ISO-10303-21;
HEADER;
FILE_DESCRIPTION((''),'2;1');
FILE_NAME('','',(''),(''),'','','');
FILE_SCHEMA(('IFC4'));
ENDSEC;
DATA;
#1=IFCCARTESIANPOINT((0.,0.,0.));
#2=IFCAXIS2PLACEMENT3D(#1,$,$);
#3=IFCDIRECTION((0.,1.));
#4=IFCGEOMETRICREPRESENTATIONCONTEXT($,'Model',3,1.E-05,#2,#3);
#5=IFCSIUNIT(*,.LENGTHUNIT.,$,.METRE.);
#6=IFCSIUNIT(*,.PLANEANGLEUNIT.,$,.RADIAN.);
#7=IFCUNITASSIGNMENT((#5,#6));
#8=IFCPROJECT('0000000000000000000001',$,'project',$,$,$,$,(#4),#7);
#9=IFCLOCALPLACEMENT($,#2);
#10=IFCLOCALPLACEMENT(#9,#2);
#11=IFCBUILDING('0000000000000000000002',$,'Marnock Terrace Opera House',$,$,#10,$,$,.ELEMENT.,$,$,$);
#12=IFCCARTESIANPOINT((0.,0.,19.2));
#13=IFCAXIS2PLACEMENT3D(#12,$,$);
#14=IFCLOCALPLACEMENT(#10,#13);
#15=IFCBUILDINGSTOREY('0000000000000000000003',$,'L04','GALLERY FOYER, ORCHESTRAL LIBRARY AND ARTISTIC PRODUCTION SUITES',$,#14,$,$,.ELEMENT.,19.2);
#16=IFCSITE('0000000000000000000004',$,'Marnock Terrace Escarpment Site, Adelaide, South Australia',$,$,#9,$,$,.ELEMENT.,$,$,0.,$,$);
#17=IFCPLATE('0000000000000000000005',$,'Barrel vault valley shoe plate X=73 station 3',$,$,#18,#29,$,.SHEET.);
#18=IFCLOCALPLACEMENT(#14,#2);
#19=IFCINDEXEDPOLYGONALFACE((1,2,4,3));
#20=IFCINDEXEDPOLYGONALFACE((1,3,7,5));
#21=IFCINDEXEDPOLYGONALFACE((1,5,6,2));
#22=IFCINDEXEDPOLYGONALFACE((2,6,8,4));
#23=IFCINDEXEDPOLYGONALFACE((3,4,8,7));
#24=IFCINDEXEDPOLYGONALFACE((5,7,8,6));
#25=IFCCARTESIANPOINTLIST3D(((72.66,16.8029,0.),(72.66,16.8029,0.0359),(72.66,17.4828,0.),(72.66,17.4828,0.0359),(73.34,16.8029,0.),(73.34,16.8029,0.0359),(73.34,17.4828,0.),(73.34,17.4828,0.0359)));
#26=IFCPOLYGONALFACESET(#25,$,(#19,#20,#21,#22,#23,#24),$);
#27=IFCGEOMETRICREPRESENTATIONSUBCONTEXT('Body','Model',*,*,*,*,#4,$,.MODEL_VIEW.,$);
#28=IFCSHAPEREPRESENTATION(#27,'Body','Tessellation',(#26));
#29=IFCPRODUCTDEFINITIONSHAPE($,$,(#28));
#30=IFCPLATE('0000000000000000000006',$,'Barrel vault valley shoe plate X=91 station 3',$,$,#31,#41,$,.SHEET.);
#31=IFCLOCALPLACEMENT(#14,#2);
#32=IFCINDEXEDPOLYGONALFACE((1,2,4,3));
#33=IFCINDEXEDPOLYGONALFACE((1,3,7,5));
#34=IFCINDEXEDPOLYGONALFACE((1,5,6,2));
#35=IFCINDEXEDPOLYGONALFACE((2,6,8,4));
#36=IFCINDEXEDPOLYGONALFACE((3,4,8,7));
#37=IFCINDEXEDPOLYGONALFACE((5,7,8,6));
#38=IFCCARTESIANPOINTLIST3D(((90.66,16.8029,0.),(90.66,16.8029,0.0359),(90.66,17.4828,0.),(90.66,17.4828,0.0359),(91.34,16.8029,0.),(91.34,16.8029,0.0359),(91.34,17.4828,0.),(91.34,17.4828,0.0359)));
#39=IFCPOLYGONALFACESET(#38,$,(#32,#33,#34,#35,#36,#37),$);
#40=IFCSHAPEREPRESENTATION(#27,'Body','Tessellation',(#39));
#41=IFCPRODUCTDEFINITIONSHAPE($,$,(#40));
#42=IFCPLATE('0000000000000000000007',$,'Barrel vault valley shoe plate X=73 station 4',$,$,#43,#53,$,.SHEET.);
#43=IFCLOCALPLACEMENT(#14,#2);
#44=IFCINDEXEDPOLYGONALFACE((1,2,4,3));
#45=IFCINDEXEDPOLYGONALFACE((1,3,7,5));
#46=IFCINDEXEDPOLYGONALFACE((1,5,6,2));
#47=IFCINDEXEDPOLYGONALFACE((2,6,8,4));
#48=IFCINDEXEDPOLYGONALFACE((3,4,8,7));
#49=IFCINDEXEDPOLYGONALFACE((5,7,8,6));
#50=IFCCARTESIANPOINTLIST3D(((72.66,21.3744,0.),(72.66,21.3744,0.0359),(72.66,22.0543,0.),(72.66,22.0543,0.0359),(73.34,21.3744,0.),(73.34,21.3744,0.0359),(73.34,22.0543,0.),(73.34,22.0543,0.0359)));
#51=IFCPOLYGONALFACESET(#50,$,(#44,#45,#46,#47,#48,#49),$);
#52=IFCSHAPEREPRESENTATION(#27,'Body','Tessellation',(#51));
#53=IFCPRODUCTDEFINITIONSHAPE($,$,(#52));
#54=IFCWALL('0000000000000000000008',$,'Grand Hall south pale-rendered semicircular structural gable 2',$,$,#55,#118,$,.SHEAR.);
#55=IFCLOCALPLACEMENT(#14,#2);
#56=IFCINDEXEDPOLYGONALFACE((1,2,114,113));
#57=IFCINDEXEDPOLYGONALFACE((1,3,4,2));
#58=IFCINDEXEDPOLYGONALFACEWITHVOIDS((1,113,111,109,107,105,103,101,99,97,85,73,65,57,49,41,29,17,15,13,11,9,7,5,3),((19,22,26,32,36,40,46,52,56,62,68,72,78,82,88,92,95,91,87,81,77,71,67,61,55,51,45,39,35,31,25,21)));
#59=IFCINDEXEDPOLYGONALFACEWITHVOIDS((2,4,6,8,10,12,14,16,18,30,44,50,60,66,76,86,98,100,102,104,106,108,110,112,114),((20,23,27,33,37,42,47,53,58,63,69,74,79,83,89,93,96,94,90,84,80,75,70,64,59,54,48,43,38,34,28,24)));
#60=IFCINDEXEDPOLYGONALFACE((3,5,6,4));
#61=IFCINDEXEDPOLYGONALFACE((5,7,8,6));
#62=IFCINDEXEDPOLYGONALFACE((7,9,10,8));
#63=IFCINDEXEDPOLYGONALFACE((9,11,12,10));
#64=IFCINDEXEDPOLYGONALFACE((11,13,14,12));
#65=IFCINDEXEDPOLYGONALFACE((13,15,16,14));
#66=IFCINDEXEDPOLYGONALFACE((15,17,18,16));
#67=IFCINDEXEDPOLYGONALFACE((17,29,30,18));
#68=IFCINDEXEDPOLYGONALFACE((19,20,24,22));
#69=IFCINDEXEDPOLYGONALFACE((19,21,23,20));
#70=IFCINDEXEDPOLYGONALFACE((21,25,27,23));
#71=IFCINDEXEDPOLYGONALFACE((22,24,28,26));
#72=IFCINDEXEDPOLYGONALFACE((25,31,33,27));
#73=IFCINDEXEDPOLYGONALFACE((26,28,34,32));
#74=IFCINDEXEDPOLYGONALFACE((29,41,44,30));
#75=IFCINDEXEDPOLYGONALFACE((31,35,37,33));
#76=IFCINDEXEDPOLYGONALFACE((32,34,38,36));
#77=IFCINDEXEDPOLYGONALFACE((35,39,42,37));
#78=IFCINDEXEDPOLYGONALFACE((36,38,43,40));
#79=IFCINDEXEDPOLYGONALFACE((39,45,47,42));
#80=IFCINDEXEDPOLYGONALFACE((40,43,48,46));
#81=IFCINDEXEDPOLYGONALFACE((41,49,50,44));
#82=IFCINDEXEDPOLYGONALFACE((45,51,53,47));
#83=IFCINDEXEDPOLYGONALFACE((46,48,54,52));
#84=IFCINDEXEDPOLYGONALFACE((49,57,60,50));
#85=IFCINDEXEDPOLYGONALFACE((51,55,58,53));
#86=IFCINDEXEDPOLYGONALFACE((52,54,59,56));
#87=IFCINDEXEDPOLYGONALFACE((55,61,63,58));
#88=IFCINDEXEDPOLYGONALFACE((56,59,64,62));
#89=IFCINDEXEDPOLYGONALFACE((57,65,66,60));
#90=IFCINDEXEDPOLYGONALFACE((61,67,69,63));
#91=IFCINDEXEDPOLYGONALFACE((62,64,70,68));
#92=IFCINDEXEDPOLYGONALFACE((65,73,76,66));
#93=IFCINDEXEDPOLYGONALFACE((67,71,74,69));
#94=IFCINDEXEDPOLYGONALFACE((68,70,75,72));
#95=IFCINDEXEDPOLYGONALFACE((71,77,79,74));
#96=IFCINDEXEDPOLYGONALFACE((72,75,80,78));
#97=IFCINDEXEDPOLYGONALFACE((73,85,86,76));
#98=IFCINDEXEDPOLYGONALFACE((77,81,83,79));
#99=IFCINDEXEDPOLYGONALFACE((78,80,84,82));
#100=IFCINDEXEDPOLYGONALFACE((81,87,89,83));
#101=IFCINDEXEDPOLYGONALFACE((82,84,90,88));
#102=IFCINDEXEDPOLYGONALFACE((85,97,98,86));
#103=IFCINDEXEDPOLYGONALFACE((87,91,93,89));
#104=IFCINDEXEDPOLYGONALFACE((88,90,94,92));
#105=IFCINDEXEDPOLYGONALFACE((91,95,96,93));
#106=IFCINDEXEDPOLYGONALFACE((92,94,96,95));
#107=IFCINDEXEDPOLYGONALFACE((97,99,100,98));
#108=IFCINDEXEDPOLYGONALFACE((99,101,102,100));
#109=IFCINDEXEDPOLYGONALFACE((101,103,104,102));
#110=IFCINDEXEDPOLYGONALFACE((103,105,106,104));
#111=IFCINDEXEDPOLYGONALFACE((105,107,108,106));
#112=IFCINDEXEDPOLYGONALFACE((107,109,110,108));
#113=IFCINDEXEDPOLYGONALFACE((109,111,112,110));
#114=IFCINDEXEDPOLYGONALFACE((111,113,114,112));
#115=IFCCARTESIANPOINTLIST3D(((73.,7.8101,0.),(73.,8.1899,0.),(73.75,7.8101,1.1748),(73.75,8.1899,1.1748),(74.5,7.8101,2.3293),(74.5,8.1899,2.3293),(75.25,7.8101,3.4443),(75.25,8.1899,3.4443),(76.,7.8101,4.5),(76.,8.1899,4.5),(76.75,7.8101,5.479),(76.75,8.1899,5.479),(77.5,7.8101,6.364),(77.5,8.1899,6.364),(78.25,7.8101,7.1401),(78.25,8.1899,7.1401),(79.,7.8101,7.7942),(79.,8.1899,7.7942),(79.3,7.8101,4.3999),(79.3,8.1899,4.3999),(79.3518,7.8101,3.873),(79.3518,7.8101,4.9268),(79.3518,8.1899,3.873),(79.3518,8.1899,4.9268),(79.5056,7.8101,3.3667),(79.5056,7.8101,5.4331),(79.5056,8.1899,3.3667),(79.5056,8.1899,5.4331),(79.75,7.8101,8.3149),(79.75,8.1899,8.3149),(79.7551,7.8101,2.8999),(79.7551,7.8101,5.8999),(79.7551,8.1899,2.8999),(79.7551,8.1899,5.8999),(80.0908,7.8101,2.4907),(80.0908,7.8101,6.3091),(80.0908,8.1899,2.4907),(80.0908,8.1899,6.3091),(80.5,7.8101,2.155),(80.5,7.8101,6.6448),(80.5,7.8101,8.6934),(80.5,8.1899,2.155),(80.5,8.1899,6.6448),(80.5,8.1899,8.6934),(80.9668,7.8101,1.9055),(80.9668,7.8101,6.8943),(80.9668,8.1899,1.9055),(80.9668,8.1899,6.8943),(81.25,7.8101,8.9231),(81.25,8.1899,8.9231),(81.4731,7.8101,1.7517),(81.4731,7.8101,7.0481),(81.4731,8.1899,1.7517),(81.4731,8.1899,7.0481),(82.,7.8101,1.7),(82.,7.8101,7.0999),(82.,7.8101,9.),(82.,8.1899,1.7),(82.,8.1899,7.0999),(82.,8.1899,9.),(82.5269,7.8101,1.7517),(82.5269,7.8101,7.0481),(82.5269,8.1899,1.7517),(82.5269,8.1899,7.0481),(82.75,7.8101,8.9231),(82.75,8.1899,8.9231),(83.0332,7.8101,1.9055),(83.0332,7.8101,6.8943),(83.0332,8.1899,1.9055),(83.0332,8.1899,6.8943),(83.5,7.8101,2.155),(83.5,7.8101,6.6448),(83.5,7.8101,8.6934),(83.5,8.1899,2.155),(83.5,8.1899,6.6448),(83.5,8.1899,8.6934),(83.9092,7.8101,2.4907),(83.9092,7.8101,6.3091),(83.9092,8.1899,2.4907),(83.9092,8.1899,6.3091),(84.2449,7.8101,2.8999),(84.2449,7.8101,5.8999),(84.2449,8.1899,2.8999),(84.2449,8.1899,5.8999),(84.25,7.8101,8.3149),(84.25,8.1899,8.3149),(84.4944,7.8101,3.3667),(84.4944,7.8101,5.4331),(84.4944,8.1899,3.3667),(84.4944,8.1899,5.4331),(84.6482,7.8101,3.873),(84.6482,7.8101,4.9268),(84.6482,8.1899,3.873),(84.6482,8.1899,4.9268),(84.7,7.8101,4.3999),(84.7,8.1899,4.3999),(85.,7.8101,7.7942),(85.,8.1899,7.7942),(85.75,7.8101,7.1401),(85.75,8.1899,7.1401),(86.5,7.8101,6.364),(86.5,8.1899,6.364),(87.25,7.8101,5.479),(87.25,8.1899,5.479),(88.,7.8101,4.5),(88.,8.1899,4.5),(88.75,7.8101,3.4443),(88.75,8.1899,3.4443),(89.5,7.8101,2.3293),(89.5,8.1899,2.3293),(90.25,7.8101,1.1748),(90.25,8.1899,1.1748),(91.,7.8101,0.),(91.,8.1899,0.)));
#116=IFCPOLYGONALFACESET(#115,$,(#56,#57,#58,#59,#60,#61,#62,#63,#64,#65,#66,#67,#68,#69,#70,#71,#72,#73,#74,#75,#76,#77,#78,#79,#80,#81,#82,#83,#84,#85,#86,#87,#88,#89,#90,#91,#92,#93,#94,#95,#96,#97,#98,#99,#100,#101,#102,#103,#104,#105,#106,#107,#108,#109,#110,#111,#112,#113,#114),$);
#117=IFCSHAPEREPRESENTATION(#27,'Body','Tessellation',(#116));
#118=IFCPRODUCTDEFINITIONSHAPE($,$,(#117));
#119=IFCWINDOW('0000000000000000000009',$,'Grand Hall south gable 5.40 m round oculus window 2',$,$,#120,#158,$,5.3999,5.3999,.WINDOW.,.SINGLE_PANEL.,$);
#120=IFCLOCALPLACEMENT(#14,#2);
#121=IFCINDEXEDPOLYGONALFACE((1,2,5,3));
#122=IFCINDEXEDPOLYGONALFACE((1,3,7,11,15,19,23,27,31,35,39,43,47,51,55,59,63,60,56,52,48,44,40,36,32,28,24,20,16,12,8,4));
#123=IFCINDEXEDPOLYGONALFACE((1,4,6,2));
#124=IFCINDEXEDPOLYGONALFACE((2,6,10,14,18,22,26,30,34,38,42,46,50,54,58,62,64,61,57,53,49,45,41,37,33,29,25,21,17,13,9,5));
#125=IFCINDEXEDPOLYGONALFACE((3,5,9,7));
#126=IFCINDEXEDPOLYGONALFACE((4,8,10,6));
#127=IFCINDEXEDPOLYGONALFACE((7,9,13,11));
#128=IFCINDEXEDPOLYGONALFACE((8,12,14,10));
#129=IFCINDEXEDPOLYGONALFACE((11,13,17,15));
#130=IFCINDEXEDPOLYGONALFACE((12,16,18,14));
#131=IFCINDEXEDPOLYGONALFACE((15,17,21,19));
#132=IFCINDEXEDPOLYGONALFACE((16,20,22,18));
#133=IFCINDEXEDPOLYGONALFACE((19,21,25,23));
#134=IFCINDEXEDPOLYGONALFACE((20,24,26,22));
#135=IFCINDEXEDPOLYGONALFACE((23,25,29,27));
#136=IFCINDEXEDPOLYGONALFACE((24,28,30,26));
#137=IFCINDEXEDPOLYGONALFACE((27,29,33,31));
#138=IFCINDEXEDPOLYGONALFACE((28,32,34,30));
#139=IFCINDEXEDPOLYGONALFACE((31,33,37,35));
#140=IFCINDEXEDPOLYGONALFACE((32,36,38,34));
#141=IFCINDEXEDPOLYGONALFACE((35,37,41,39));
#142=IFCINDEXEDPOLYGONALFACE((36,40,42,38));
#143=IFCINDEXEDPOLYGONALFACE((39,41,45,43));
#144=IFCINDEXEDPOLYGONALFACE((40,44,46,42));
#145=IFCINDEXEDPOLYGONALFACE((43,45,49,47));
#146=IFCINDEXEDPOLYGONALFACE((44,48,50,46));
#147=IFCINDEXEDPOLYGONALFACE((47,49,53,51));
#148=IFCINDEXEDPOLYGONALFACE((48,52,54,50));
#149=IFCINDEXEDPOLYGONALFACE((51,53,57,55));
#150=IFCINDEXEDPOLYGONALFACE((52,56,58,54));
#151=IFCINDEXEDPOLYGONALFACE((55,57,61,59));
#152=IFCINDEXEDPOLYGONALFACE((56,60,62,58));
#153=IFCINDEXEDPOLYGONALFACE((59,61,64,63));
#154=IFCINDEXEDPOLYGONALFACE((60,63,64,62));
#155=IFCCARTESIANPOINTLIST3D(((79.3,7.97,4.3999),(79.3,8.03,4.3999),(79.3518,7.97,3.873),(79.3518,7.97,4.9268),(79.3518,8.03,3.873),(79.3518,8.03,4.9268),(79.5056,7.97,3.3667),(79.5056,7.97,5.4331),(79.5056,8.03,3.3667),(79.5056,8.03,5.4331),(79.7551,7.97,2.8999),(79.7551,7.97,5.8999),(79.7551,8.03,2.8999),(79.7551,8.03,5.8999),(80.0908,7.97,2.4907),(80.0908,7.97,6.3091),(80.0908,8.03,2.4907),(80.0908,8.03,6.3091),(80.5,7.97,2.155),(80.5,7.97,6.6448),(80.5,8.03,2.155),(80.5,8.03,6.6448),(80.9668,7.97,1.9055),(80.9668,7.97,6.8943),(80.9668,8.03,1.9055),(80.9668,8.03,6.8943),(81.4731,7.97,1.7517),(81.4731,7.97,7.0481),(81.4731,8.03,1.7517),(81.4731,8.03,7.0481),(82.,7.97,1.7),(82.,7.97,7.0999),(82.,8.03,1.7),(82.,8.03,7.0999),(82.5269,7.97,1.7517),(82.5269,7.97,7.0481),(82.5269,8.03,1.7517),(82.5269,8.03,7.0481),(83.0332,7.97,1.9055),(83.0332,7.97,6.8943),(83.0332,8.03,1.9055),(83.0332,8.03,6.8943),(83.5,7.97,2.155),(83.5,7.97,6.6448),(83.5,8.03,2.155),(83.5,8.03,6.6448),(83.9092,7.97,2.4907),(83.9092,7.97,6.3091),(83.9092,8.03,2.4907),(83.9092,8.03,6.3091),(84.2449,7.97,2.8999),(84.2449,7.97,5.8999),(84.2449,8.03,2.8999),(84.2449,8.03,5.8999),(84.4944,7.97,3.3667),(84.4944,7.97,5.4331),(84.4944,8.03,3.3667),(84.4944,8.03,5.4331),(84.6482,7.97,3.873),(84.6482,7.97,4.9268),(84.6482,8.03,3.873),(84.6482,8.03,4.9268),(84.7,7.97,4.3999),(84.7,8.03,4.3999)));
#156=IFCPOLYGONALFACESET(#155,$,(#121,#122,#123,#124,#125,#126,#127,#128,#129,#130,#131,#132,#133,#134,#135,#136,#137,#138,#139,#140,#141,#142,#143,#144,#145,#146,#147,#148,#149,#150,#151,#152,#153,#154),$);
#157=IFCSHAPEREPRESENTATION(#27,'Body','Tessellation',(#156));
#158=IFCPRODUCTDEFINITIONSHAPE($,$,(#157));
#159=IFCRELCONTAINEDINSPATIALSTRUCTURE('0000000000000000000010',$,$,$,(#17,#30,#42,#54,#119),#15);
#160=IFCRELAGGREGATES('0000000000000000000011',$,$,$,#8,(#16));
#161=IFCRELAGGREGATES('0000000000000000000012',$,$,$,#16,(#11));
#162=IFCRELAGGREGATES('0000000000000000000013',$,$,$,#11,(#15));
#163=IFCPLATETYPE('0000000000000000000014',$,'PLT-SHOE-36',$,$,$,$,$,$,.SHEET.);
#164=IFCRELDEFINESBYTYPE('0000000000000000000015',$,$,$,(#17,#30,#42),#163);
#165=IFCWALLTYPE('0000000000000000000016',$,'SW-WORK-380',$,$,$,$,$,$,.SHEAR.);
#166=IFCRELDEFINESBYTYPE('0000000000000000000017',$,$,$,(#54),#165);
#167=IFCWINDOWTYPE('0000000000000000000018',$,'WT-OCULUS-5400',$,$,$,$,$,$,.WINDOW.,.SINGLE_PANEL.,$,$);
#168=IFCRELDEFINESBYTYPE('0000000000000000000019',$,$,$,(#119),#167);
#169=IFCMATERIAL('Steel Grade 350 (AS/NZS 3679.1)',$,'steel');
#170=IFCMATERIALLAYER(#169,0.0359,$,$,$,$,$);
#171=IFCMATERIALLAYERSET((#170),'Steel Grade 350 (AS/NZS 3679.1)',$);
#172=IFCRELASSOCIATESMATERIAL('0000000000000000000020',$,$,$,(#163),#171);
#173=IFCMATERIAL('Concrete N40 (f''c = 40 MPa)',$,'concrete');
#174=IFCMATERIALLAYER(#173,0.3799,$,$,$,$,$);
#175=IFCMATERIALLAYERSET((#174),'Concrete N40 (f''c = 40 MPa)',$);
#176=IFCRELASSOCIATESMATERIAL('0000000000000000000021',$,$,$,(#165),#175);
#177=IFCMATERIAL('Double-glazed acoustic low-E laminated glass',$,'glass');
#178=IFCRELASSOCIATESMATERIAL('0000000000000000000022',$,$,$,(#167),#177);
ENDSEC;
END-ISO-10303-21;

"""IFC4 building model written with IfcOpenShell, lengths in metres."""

from ifc_helpers import new_model, si_unit, direction, frame, origin, origin_2d, place, context, subcontext, project, spatial, polyline, rectangle, outline, extrude, material, layer, layer_set, type_object, element, fill, save


model = new_model("IFC4")

# Units and contexts
model_context = context("Model", 3, precision=1e-05, world=origin(), true_north=direction((0.0, 1.0)))
body_context = subcontext(model_context, "Body", "Model", "MODEL_VIEW")
ifc_project = project(units=[si_unit("LENGTHUNIT", "METRE"), si_unit("PLANEANGLEUNIT", "RADIAN")], contexts=[model_context])

# Site, building, storey
site_placement = place(None, origin())
site = spatial("IfcSite", under=ifc_project, at=site_placement, Name="Marnock Terrace Escarpment Site, Adelaide, South Australia", CompositionType="ELEMENT", RefElevation=0.0)
building_placement = place(site_placement, origin())
building = spatial("IfcBuilding", under=site, at=building_placement, Name="Marnock Terrace Opera House", CompositionType="ELEMENT")
storey_placement = place(building_placement, frame((0.0, 0.0, 19.2)))
storey = spatial("IfcBuildingStorey", under=building, at=storey_placement, Name="L04", Description="GALLERY FOYER, ORCHESTRAL LIBRARY AND ARTISTIC PRODUCTION SUITES", CompositionType="ELEMENT", Elevation=19.2)

# Plates
ifc_material_1 = material(Name="Steel Grade 350 (AS/NZS 3679.1)", Category="steel")
ifc_layer_1 = layer(ifc_material_1, 0.0359)
ifc_layer_set_1 = layer_set([ifc_layer_1], Name="Steel Grade 350 (AS/NZS 3679.1)")
plate_type = type_object("IfcPlateType", Name="PLT-SHOE-36", PredefinedType="SHEET", material=ifc_layer_set_1)
for number, where, z_axis, x_axis, name in (
    (1, (73.0, 17.1428, 0.0), (0.0, 0.0, 1.0), (1.0, 0.0, 0.0), "Barrel vault valley shoe plate X=73 station 3"),
    (2, (91.0, 17.1428, 0.0), (0.0, 0.0, 1.0), (1.0, 0.0, 0.0), "Barrel vault valley shoe plate X=91 station 3"),
    (3, (73.0, 21.7144, 0.0), (0.0, 0.0, 1.0), (1.0, 0.0, 0.0), "Barrel vault valley shoe plate X=73 station 4"),
):
    element("IfcPlate", number, at=place(storey_placement, frame(where, z_axis=z_axis, x_axis=x_axis)), inside=storey, type_object=plate_type, Name=name, PredefinedType="SHEET", context=body_context, shape_type="SweptSolid", body=[
        extrude(rectangle(XDim=0.6799, YDim=0.6799, at=origin_2d()), origin(), (0.0, 0.0, 1.0), 0.0359),
    ])

# Wall, opening, window
ifc_material_2 = material(Name="Concrete N40 (f'c = 40 MPa)", Category="concrete")
ifc_layer_2 = layer(ifc_material_2, 0.3799)
ifc_layer_set_2 = layer_set([ifc_layer_2], Name="Concrete N40 (f'c = 40 MPa)")
wall_type = type_object("IfcWallType", Name="SW-WORK-380", PredefinedType="SHEAR", material=ifc_layer_set_2)
wall_1_placement = place(storey_placement, frame((73.0, 8.0, 0.0), z_axis=(0.0, 0.0, 1.0), x_axis=(1.0, 0.0, 0.0)))
wall_1 = element("IfcWall", 4, at=wall_1_placement, inside=storey, type_object=wall_type, Name="Grand Hall south pale-rendered semicircular structural gable 2", PredefinedType="SHEAR", context=body_context, shape_type="SweptSolid", body=[
    extrude(outline(polyline([(0.0, 0.0), (18.0, 0.0), (18.0, 0.0), (17.25, 1.1748), (16.5, 2.3293), (15.75, 3.4443), (15.0, 4.5), (14.25, 5.479), (13.5, 6.364), (12.75, 7.1401), (12.0, 7.7942), (11.25, 8.3149), (10.5, 8.6934), (9.75, 8.9231), (9.0, 9.0), (8.25, 8.9231), (7.5, 8.6934), (6.75, 8.3149), (6.0, 7.7942), (5.25, 7.1401), (4.5, 6.364), (3.75, 5.479), (3.0, 4.5), (2.25, 3.4443), (1.5, 2.3293), (0.75, 1.1748), (0.0, 0.0), (0.0, 0.0)])), frame((0.0, 0.1899, 0.0), z_axis=(0.0, -1.0, 0.0), x_axis=(1.0, 0.0, 0.0)), (0.0, 0.0, 1.0), 0.3799),
])
opening_1_placement = place(wall_1_placement, frame((6.3, 0.0, 1.7)))
opening_1 = element("IfcOpeningElement", 5, at=opening_1_placement, cuts=wall_1, PredefinedType="OPENING", context=body_context, shape_type="SweptSolid", body=[
    extrude(outline(polyline([(5.3999, 2.7), (5.3481, 3.2268), (5.1943, 3.7332), (4.9448, 4.2), (4.6091, 4.6091), (4.2, 4.9448), (3.7332, 5.1943), (3.2268, 5.3481), (2.7, 5.3999), (2.1731, 5.3481), (1.6667, 5.1943), (1.2, 4.9448), (0.7908, 4.6091), (0.4551, 4.2), (0.2056, 3.7332), (0.0518, 3.2268), (0.0, 2.7), (0.0518, 2.1731), (0.2056, 1.6667), (0.4551, 1.2), (0.7908, 0.7908), (1.2, 0.4551), (1.6667, 0.2056), (2.1731, 0.0518), (2.7, 0.0), (3.2268, 0.0518), (3.7332, 0.2056), (4.2, 0.4551), (4.6091, 0.7908), (4.9448, 1.2), (5.1943, 1.6667), (5.3481, 2.1731), (5.3999, 2.7)])), frame((0.0, 0.2, 0.0), z_axis=(0.0, -1.0, 0.0), x_axis=(1.0, 0.0, 0.0)), (0.0, 0.0, 1.0), 0.3999),
])
ifc_material_3 = material(Name="Double-glazed acoustic low-E laminated glass", Category="glass")
window_type = type_object("IfcWindowType", Name="WT-OCULUS-5400", PartitioningType="SINGLE_PANEL", PredefinedType="WINDOW", material=ifc_material_3)
window_1_placement = place(opening_1_placement, origin())
window_1 = element("IfcWindow", 6, at=window_1_placement, inside=storey, type_object=window_type, Name="Grand Hall south gable 5.40 m round oculus window 2", OverallHeight=5.3999, OverallWidth=5.3999, PartitioningType="SINGLE_PANEL", PredefinedType="WINDOW", context=body_context, shape_type="SweptSolid", body=[
    extrude(outline(polyline([(5.3999, 2.7), (5.3481, 3.2268), (5.1943, 3.7332), (4.9448, 4.2), (4.6091, 4.6091), (4.2, 4.9448), (3.7332, 5.1943), (3.2268, 5.3481), (2.7, 5.3999), (2.1731, 5.3481), (1.6667, 5.1943), (1.2, 4.9448), (0.7908, 4.6091), (0.4551, 4.2), (0.2056, 3.7332), (0.0518, 3.2268), (0.0, 2.7), (0.0518, 2.1731), (0.2056, 1.6667), (0.4551, 1.2), (0.7908, 0.7908), (1.2, 0.4551), (1.6667, 0.2056), (2.1731, 0.0518), (2.7, 0.0), (3.2268, 0.0518), (3.7332, 0.2056), (4.2, 0.4551), (4.6091, 0.7908), (4.9448, 1.2), (5.1943, 1.6667), (5.3481, 2.1731), (5.3999, 2.7)])), frame((0.0, 0.03, 0.0), z_axis=(0.0, -1.0, 0.0), x_axis=(1.0, 0.0, 0.0)), (0.0, 0.0, 1.0), 0.0601),
])
fill(opening_1, window_1)

save(model, "model.ifc")
